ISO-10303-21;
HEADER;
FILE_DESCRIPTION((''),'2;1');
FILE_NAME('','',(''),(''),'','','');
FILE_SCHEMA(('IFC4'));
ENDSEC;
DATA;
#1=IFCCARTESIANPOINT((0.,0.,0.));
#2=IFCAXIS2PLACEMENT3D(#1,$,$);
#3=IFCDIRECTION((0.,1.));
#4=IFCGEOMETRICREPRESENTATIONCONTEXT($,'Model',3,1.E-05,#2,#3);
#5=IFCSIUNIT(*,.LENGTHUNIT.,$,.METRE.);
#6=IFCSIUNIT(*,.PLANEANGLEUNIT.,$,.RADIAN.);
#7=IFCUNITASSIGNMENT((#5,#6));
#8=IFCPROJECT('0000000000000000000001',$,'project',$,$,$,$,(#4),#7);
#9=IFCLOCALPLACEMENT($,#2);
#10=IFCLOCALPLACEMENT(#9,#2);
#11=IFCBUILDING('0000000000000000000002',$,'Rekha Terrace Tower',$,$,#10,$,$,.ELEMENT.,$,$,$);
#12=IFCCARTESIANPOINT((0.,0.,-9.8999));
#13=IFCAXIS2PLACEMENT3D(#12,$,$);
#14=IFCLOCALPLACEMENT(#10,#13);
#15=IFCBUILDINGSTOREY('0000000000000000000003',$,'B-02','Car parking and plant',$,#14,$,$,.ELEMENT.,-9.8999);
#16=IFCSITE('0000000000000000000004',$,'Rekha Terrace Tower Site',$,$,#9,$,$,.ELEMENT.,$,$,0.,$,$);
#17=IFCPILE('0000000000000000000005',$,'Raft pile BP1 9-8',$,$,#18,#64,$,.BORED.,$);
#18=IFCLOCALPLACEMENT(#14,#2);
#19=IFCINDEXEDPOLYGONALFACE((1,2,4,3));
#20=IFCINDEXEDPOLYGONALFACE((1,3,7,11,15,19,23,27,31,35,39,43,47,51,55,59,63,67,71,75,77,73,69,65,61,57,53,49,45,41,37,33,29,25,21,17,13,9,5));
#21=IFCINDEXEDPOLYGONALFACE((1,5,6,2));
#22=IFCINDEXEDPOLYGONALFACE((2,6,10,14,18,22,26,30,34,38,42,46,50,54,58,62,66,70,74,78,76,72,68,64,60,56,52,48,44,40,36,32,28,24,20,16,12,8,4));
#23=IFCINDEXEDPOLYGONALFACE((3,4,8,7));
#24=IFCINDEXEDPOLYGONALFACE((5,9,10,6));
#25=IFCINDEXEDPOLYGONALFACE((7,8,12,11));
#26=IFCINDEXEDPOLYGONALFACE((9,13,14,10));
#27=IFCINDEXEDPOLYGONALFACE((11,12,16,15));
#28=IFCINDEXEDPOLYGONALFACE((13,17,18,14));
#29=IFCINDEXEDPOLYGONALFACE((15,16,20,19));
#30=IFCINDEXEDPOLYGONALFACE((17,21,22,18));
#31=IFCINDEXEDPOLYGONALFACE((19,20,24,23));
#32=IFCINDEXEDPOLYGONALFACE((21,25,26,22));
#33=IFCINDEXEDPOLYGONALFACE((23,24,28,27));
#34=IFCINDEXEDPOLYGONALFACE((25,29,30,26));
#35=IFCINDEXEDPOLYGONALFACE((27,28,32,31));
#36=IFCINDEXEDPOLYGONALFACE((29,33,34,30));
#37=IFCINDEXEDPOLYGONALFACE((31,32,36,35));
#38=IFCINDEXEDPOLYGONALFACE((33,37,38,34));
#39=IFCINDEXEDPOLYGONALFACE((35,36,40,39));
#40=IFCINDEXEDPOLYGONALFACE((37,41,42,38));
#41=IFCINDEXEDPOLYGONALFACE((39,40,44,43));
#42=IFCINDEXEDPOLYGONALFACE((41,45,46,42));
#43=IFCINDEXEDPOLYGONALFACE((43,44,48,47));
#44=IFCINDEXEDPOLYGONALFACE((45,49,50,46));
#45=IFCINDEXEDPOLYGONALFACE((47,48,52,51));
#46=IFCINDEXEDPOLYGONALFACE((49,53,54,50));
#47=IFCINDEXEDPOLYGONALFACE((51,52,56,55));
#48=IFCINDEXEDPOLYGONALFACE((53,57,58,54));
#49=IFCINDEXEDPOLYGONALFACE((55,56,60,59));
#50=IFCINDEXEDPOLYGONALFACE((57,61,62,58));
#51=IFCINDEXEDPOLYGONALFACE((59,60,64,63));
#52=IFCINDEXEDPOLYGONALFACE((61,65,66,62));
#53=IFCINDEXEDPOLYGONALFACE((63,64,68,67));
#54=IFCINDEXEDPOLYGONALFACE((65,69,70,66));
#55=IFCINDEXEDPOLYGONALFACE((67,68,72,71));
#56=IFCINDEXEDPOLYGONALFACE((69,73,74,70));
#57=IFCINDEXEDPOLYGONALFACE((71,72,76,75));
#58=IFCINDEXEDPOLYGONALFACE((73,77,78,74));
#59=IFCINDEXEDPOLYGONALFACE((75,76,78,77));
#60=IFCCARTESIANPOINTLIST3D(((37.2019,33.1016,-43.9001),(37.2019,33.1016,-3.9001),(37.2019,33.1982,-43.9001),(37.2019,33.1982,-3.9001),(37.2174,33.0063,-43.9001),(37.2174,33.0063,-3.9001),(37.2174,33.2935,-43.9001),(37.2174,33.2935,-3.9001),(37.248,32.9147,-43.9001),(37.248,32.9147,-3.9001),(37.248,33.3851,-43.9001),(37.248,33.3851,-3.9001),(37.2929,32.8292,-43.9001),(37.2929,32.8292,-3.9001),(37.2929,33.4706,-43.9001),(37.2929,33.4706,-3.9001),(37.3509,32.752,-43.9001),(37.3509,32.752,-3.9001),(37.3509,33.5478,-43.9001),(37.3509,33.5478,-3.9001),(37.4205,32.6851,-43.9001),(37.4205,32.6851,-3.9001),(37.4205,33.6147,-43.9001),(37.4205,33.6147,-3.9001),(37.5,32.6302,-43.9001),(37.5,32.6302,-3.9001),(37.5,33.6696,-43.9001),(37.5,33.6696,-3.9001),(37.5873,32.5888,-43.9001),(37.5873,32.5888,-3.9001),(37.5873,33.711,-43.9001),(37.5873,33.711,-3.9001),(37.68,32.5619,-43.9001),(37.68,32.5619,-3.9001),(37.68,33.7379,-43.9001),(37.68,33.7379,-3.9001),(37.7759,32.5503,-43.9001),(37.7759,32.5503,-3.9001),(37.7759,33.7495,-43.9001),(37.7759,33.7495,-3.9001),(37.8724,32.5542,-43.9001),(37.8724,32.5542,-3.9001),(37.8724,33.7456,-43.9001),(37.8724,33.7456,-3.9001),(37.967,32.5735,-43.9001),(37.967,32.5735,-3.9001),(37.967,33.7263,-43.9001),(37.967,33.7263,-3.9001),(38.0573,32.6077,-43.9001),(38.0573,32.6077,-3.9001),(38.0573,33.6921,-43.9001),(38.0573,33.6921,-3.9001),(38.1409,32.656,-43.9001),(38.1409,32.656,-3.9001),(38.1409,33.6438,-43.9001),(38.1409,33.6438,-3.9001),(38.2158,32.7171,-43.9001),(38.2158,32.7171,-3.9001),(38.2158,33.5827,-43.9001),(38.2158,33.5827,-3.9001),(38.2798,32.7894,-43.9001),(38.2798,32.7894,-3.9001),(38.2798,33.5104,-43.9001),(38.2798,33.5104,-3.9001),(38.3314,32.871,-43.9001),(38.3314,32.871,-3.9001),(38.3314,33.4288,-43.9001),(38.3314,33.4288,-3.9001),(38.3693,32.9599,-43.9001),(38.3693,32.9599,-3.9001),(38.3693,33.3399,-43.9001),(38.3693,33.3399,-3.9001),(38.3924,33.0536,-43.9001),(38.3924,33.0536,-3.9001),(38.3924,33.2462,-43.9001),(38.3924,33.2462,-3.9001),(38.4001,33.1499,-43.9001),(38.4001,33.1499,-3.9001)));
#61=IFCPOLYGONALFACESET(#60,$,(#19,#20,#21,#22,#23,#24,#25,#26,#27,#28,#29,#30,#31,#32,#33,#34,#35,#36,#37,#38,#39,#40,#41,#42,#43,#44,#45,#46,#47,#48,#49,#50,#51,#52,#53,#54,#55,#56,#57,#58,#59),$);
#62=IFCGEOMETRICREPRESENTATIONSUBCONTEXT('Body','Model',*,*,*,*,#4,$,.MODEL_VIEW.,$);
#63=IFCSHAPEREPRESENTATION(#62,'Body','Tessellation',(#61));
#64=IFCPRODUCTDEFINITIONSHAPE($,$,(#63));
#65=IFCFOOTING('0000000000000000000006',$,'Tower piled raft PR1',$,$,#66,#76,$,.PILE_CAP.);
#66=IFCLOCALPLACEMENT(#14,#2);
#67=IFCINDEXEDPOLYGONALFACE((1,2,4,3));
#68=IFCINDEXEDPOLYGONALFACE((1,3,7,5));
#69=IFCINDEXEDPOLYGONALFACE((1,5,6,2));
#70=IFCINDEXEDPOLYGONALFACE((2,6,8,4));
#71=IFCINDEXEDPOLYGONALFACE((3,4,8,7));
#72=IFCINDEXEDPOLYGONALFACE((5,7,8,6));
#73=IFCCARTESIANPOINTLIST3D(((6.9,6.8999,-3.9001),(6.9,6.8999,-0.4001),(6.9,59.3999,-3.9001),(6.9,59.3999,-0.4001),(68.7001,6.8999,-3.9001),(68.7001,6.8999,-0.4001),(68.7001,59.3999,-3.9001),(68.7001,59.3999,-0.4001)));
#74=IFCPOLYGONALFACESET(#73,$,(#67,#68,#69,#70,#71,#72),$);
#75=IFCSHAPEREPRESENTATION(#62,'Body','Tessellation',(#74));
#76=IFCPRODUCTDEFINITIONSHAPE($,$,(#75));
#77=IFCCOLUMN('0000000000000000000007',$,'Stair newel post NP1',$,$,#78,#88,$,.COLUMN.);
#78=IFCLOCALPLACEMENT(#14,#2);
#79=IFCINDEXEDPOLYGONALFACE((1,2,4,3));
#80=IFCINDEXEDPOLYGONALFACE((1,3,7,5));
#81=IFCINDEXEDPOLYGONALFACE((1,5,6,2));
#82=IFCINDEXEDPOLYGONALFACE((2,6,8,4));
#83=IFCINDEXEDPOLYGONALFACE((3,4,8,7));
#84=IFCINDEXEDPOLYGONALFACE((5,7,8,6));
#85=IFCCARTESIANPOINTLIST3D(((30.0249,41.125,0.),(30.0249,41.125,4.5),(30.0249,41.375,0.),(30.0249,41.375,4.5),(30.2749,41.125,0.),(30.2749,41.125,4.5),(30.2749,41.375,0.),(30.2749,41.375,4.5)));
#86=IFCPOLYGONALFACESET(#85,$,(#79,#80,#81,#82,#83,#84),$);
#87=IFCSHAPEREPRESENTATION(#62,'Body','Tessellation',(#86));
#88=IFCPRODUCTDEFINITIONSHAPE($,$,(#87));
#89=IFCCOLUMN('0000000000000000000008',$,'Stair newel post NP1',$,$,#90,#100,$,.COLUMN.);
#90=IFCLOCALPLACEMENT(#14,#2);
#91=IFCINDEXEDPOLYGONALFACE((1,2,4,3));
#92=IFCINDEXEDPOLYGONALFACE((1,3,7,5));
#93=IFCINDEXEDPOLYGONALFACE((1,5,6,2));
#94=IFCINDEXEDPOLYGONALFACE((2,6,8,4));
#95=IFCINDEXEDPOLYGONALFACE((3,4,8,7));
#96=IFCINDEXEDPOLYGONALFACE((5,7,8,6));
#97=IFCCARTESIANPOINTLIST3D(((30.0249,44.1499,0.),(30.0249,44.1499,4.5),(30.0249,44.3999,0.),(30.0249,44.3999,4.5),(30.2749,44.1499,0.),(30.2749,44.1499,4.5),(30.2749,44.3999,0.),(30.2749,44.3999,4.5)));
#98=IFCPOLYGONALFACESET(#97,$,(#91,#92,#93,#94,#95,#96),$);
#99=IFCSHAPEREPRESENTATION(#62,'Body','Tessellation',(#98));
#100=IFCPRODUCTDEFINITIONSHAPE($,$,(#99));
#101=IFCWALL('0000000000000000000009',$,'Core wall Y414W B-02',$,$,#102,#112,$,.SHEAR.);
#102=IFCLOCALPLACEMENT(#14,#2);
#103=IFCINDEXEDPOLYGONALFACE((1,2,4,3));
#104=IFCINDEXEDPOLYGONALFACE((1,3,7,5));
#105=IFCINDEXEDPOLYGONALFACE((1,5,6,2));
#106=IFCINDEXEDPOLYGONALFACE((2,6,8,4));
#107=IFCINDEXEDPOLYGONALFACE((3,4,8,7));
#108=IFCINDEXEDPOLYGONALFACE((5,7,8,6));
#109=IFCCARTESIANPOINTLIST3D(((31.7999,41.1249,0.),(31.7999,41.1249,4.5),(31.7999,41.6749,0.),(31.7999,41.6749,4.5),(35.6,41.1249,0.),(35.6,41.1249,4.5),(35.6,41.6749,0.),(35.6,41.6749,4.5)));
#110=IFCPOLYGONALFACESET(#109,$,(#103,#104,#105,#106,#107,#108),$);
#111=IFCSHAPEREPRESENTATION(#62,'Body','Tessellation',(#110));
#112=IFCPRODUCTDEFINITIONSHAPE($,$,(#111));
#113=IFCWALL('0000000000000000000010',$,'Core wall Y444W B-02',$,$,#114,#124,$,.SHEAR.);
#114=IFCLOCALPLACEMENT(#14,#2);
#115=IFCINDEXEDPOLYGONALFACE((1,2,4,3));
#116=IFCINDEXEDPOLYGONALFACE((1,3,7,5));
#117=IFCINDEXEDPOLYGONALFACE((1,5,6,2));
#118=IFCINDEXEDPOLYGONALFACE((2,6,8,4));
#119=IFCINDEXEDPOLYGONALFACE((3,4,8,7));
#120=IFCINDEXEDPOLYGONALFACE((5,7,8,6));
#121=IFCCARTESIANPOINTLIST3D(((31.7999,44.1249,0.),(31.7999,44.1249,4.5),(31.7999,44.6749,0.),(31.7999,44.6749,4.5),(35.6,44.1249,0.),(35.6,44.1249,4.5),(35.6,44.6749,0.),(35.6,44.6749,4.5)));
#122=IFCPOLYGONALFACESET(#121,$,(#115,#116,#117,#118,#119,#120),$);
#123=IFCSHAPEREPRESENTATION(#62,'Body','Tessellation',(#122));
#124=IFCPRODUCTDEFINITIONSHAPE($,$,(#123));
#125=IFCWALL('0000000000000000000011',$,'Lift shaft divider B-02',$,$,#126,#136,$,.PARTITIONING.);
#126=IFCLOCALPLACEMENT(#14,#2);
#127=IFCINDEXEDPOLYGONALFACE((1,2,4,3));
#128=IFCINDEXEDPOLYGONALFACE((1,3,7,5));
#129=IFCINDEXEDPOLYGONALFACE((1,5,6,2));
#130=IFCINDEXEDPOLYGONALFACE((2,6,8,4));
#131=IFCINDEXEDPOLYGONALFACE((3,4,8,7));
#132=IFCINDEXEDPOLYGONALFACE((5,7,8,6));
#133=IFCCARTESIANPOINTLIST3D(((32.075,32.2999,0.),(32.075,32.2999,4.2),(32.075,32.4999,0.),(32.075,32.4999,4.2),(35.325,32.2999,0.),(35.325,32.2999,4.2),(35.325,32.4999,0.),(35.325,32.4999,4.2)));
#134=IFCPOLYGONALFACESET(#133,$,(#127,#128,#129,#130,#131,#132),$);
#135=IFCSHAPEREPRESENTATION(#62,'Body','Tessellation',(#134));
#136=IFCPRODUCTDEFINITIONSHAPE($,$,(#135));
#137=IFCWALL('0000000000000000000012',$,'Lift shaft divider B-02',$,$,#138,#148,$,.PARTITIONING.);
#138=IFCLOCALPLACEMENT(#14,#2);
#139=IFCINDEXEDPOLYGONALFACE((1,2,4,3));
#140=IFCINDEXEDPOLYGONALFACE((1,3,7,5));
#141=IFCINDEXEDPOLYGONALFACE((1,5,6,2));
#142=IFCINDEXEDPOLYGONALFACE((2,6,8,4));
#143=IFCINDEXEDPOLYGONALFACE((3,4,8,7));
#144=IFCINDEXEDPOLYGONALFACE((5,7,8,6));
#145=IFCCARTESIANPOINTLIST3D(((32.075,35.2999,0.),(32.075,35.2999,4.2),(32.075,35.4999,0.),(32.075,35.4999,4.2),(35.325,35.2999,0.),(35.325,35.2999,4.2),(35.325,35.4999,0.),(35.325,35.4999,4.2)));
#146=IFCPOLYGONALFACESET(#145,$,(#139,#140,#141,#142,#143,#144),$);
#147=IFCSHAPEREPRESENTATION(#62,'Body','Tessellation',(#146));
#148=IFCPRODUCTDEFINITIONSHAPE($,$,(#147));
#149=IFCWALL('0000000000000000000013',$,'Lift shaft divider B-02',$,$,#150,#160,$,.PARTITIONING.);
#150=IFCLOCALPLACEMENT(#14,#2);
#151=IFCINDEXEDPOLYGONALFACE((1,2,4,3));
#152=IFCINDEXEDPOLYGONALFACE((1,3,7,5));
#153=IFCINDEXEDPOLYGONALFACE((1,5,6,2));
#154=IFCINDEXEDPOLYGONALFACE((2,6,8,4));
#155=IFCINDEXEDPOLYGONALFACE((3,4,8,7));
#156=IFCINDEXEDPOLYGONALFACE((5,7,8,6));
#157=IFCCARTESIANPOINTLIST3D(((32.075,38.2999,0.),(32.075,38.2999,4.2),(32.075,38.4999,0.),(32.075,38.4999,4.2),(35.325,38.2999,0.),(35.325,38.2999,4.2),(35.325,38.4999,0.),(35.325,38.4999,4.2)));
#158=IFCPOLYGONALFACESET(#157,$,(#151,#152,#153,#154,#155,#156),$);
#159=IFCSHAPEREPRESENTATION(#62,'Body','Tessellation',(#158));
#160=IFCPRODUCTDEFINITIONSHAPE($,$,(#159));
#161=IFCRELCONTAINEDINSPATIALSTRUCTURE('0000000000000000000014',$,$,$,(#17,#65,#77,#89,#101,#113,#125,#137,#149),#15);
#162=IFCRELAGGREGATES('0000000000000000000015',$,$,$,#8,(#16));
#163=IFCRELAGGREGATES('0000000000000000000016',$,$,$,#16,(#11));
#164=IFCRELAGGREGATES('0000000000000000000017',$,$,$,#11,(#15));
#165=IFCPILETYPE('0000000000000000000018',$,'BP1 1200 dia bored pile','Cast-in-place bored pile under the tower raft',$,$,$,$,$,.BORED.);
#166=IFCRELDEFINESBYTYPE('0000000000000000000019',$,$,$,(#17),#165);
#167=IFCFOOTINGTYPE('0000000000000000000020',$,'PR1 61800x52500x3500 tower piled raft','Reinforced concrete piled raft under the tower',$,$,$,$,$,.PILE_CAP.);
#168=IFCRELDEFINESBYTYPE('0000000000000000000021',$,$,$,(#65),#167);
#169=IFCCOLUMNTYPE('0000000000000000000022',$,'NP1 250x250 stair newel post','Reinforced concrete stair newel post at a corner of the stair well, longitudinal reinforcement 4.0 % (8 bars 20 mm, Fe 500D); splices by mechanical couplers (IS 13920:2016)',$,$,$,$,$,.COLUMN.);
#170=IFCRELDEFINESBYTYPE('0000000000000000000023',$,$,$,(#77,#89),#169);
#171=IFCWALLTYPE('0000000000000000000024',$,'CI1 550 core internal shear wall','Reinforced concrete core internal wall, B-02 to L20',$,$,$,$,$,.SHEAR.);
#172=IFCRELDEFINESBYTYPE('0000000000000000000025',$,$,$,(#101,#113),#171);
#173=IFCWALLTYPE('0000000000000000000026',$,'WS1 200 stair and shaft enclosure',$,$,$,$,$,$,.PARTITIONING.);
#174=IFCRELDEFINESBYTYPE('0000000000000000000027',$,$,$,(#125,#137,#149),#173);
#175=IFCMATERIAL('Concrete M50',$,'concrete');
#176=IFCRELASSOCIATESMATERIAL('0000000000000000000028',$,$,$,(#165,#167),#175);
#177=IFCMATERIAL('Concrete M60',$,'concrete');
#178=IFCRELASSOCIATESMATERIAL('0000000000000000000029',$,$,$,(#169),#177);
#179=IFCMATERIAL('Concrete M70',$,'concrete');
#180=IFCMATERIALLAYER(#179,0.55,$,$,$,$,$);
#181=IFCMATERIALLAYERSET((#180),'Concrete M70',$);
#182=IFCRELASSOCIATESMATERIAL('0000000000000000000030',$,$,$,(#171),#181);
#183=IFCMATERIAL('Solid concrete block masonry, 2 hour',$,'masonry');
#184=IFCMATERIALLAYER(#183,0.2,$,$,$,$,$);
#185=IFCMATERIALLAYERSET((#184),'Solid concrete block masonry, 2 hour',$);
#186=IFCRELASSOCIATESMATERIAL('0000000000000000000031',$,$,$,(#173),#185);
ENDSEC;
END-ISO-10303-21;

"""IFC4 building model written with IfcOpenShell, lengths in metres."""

from ifc_helpers import new_model, si_unit, direction, frame, frame_2d, origin, origin_2d, place, context, subcontext, project, spatial, rectangle, circle, extrude, material, layer, layer_set, material_profile, profile_set, type_object, element, save


model = new_model("IFC4")

# Units and contexts
model_context = context("Model", 3, precision=1e-05, world=origin(), true_north=direction((0.0, 1.0)))
body_context = subcontext(model_context, "Body", "Model", "MODEL_VIEW")
ifc_project = project(units=[si_unit("LENGTHUNIT", "METRE"), si_unit("PLANEANGLEUNIT", "RADIAN")], contexts=[model_context])

# Site, building, storey
site_placement = place(None, origin())
site = spatial("IfcSite", under=ifc_project, at=site_placement, Name="Rekha Terrace Tower Site", CompositionType="ELEMENT", RefElevation=0.0)
building_placement = place(site_placement, origin())
building = spatial("IfcBuilding", under=site, at=building_placement, Name="Rekha Terrace Tower", CompositionType="ELEMENT")
storey_placement = place(building_placement, frame((0.0, 0.0, -9.8999)))
storey = spatial("IfcBuildingStorey", under=building, at=storey_placement, Name="B-02", Description="Car parking and plant", CompositionType="ELEMENT", Elevation=-9.8999)

# Pile
ifc_material_1 = material(Name="Concrete M50", Category="concrete")
pile_type = type_object("IfcPileType", Name="BP1 1200 dia bored pile", Description="Cast-in-place bored pile under the tower raft", PredefinedType="BORED", material=ifc_material_1)
for number, where, z_axis, x_axis, name in (
    (1, (37.8, 33.1499, -3.9001), (0.0, 0.0, -1.0), (1.0, 0.0, 0.0), "Raft pile BP1 9-8"),
):
    element("IfcPile", number, at=place(storey_placement, frame(where, z_axis=z_axis, x_axis=x_axis)), inside=storey, type_object=pile_type, Name=name, PredefinedType="BORED", context=body_context, shape_type="SweptSolid", body=[
        extrude(circle(Radius=0.6001, at=origin_2d()), origin(), (0.0, 0.0, 1.0), 40.0),
    ])

# Footing
footing_type = type_object("IfcFootingType", Name="PR1 61800x52500x3500 tower piled raft", Description="Reinforced concrete piled raft under the tower", PredefinedType="PILE_CAP", material=ifc_material_1)
footing_placement = place(storey_placement, frame((37.8, 33.1499, -3.9001), z_axis=(0.0, 0.0, 1.0), x_axis=(1.0, 0.0, 0.0)))
element("IfcFooting", 2, at=footing_placement, inside=storey, type_object=footing_type, Name="Tower piled raft PR1", PredefinedType="PILE_CAP", context=body_context, shape_type="SweptSolid", body=[
    extrude(rectangle(XDim=61.8, YDim=52.5, at=origin_2d()), origin(), (0.0, 0.0, 1.0), 3.5),
])

# Columns
ifc_material_2 = material(Name="Concrete M60", Category="concrete")
ifc_material_profile = material_profile(ifc_material_2, rectangle(XDim=0.25, YDim=0.25, at=origin_2d()), Name="RC 250x250")
ifc_profile_set = profile_set([ifc_material_profile], Name="Concrete M60")
column_type = type_object("IfcColumnType", Name="NP1 250x250 stair newel post", Description="Reinforced concrete stair newel post at a corner of the stair well, longitudinal reinforcement 4.0 % (8 bars 20 mm, Fe 500D); splices by mechanical couplers (IS 13920:2016)", PredefinedType="COLUMN", material=ifc_profile_set)
for number, where, z_axis, x_axis, name in (
    (3, (30.1499, 41.25, 0.0), (0.0, 0.0, 1.0), (1.0, 0.0, 0.0), "Stair newel post NP1"),
    (4, (30.1499, 44.2749, 0.0), (0.0, 0.0, 1.0), (1.0, 0.0, 0.0), "Stair newel post NP1"),
):
    element("IfcColumn", number, at=place(storey_placement, frame(where, z_axis=z_axis, x_axis=x_axis)), inside=storey, type_object=column_type, Name=name, PredefinedType="COLUMN", context=body_context, shape_type="SweptSolid", body=[
        extrude(rectangle(XDim=0.25, YDim=0.25, at=origin_2d()), origin(), (0.0, 0.0, 1.0), 4.5),
    ])

# Walls
ifc_material_3 = material(Name="Concrete M70", Category="concrete")
ifc_layer_1 = layer(ifc_material_3, 0.55)
ifc_layer_set_1 = layer_set([ifc_layer_1], Name="Concrete M70")
wall_type_1 = type_object("IfcWallType", Name="CI1 550 core internal shear wall", Description="Reinforced concrete core internal wall, B-02 to L20", PredefinedType="SHEAR", material=ifc_layer_set_1)
for number, where, z_axis, x_axis, name in (
    (5, (31.8, 41.3999, 0.0), (0.0, 0.0, 1.0), (1.0, 0.0, 0.0), "Core wall Y414W B-02"),
    (6, (31.8, 44.3999, 0.0), (0.0, 0.0, 1.0), (1.0, 0.0, 0.0), "Core wall Y444W B-02"),
):
    element("IfcWall", number, at=place(storey_placement, frame(where, z_axis=z_axis, x_axis=x_axis)), inside=storey, type_object=wall_type_1, Name=name, PredefinedType="SHEAR", context=body_context, shape_type="SweptSolid", body=[
        extrude(rectangle(XDim=3.8, YDim=0.55, at=frame_2d((1.8999, 0.0))), origin(), (0.0, 0.0, 1.0), 4.5),
    ])
ifc_material_4 = material(Name="Solid concrete block masonry, 2 hour", Category="masonry")
ifc_layer_2 = layer(ifc_material_4, 0.2)
ifc_layer_set_2 = layer_set([ifc_layer_2], Name="Solid concrete block masonry, 2 hour")
wall_type_2 = type_object("IfcWallType", Name="WS1 200 stair and shaft enclosure", PredefinedType="PARTITIONING", material=ifc_layer_set_2)
for number, where, z_axis, x_axis, name in (
    (7, (32.075, 32.3999, 0.0), (0.0, 0.0, 1.0), (1.0, 0.0, 0.0), "Lift shaft divider B-02"),
    (8, (32.075, 35.3999, 0.0), (0.0, 0.0, 1.0), (1.0, 0.0, 0.0), "Lift shaft divider B-02"),
    (9, (32.075, 38.3999, 0.0), (0.0, 0.0, 1.0), (1.0, 0.0, 0.0), "Lift shaft divider B-02"),
):
    element("IfcWall", number, at=place(storey_placement, frame(where, z_axis=z_axis, x_axis=x_axis)), inside=storey, type_object=wall_type_2, Name=name, PredefinedType="PARTITIONING", context=body_context, shape_type="SweptSolid", body=[
        extrude(rectangle(XDim=3.25, YDim=0.2, at=frame_2d((1.625, 0.0))), origin(), (0.0, 0.0, 1.0), 4.2),
    ])

save(model, "model.ifc")
